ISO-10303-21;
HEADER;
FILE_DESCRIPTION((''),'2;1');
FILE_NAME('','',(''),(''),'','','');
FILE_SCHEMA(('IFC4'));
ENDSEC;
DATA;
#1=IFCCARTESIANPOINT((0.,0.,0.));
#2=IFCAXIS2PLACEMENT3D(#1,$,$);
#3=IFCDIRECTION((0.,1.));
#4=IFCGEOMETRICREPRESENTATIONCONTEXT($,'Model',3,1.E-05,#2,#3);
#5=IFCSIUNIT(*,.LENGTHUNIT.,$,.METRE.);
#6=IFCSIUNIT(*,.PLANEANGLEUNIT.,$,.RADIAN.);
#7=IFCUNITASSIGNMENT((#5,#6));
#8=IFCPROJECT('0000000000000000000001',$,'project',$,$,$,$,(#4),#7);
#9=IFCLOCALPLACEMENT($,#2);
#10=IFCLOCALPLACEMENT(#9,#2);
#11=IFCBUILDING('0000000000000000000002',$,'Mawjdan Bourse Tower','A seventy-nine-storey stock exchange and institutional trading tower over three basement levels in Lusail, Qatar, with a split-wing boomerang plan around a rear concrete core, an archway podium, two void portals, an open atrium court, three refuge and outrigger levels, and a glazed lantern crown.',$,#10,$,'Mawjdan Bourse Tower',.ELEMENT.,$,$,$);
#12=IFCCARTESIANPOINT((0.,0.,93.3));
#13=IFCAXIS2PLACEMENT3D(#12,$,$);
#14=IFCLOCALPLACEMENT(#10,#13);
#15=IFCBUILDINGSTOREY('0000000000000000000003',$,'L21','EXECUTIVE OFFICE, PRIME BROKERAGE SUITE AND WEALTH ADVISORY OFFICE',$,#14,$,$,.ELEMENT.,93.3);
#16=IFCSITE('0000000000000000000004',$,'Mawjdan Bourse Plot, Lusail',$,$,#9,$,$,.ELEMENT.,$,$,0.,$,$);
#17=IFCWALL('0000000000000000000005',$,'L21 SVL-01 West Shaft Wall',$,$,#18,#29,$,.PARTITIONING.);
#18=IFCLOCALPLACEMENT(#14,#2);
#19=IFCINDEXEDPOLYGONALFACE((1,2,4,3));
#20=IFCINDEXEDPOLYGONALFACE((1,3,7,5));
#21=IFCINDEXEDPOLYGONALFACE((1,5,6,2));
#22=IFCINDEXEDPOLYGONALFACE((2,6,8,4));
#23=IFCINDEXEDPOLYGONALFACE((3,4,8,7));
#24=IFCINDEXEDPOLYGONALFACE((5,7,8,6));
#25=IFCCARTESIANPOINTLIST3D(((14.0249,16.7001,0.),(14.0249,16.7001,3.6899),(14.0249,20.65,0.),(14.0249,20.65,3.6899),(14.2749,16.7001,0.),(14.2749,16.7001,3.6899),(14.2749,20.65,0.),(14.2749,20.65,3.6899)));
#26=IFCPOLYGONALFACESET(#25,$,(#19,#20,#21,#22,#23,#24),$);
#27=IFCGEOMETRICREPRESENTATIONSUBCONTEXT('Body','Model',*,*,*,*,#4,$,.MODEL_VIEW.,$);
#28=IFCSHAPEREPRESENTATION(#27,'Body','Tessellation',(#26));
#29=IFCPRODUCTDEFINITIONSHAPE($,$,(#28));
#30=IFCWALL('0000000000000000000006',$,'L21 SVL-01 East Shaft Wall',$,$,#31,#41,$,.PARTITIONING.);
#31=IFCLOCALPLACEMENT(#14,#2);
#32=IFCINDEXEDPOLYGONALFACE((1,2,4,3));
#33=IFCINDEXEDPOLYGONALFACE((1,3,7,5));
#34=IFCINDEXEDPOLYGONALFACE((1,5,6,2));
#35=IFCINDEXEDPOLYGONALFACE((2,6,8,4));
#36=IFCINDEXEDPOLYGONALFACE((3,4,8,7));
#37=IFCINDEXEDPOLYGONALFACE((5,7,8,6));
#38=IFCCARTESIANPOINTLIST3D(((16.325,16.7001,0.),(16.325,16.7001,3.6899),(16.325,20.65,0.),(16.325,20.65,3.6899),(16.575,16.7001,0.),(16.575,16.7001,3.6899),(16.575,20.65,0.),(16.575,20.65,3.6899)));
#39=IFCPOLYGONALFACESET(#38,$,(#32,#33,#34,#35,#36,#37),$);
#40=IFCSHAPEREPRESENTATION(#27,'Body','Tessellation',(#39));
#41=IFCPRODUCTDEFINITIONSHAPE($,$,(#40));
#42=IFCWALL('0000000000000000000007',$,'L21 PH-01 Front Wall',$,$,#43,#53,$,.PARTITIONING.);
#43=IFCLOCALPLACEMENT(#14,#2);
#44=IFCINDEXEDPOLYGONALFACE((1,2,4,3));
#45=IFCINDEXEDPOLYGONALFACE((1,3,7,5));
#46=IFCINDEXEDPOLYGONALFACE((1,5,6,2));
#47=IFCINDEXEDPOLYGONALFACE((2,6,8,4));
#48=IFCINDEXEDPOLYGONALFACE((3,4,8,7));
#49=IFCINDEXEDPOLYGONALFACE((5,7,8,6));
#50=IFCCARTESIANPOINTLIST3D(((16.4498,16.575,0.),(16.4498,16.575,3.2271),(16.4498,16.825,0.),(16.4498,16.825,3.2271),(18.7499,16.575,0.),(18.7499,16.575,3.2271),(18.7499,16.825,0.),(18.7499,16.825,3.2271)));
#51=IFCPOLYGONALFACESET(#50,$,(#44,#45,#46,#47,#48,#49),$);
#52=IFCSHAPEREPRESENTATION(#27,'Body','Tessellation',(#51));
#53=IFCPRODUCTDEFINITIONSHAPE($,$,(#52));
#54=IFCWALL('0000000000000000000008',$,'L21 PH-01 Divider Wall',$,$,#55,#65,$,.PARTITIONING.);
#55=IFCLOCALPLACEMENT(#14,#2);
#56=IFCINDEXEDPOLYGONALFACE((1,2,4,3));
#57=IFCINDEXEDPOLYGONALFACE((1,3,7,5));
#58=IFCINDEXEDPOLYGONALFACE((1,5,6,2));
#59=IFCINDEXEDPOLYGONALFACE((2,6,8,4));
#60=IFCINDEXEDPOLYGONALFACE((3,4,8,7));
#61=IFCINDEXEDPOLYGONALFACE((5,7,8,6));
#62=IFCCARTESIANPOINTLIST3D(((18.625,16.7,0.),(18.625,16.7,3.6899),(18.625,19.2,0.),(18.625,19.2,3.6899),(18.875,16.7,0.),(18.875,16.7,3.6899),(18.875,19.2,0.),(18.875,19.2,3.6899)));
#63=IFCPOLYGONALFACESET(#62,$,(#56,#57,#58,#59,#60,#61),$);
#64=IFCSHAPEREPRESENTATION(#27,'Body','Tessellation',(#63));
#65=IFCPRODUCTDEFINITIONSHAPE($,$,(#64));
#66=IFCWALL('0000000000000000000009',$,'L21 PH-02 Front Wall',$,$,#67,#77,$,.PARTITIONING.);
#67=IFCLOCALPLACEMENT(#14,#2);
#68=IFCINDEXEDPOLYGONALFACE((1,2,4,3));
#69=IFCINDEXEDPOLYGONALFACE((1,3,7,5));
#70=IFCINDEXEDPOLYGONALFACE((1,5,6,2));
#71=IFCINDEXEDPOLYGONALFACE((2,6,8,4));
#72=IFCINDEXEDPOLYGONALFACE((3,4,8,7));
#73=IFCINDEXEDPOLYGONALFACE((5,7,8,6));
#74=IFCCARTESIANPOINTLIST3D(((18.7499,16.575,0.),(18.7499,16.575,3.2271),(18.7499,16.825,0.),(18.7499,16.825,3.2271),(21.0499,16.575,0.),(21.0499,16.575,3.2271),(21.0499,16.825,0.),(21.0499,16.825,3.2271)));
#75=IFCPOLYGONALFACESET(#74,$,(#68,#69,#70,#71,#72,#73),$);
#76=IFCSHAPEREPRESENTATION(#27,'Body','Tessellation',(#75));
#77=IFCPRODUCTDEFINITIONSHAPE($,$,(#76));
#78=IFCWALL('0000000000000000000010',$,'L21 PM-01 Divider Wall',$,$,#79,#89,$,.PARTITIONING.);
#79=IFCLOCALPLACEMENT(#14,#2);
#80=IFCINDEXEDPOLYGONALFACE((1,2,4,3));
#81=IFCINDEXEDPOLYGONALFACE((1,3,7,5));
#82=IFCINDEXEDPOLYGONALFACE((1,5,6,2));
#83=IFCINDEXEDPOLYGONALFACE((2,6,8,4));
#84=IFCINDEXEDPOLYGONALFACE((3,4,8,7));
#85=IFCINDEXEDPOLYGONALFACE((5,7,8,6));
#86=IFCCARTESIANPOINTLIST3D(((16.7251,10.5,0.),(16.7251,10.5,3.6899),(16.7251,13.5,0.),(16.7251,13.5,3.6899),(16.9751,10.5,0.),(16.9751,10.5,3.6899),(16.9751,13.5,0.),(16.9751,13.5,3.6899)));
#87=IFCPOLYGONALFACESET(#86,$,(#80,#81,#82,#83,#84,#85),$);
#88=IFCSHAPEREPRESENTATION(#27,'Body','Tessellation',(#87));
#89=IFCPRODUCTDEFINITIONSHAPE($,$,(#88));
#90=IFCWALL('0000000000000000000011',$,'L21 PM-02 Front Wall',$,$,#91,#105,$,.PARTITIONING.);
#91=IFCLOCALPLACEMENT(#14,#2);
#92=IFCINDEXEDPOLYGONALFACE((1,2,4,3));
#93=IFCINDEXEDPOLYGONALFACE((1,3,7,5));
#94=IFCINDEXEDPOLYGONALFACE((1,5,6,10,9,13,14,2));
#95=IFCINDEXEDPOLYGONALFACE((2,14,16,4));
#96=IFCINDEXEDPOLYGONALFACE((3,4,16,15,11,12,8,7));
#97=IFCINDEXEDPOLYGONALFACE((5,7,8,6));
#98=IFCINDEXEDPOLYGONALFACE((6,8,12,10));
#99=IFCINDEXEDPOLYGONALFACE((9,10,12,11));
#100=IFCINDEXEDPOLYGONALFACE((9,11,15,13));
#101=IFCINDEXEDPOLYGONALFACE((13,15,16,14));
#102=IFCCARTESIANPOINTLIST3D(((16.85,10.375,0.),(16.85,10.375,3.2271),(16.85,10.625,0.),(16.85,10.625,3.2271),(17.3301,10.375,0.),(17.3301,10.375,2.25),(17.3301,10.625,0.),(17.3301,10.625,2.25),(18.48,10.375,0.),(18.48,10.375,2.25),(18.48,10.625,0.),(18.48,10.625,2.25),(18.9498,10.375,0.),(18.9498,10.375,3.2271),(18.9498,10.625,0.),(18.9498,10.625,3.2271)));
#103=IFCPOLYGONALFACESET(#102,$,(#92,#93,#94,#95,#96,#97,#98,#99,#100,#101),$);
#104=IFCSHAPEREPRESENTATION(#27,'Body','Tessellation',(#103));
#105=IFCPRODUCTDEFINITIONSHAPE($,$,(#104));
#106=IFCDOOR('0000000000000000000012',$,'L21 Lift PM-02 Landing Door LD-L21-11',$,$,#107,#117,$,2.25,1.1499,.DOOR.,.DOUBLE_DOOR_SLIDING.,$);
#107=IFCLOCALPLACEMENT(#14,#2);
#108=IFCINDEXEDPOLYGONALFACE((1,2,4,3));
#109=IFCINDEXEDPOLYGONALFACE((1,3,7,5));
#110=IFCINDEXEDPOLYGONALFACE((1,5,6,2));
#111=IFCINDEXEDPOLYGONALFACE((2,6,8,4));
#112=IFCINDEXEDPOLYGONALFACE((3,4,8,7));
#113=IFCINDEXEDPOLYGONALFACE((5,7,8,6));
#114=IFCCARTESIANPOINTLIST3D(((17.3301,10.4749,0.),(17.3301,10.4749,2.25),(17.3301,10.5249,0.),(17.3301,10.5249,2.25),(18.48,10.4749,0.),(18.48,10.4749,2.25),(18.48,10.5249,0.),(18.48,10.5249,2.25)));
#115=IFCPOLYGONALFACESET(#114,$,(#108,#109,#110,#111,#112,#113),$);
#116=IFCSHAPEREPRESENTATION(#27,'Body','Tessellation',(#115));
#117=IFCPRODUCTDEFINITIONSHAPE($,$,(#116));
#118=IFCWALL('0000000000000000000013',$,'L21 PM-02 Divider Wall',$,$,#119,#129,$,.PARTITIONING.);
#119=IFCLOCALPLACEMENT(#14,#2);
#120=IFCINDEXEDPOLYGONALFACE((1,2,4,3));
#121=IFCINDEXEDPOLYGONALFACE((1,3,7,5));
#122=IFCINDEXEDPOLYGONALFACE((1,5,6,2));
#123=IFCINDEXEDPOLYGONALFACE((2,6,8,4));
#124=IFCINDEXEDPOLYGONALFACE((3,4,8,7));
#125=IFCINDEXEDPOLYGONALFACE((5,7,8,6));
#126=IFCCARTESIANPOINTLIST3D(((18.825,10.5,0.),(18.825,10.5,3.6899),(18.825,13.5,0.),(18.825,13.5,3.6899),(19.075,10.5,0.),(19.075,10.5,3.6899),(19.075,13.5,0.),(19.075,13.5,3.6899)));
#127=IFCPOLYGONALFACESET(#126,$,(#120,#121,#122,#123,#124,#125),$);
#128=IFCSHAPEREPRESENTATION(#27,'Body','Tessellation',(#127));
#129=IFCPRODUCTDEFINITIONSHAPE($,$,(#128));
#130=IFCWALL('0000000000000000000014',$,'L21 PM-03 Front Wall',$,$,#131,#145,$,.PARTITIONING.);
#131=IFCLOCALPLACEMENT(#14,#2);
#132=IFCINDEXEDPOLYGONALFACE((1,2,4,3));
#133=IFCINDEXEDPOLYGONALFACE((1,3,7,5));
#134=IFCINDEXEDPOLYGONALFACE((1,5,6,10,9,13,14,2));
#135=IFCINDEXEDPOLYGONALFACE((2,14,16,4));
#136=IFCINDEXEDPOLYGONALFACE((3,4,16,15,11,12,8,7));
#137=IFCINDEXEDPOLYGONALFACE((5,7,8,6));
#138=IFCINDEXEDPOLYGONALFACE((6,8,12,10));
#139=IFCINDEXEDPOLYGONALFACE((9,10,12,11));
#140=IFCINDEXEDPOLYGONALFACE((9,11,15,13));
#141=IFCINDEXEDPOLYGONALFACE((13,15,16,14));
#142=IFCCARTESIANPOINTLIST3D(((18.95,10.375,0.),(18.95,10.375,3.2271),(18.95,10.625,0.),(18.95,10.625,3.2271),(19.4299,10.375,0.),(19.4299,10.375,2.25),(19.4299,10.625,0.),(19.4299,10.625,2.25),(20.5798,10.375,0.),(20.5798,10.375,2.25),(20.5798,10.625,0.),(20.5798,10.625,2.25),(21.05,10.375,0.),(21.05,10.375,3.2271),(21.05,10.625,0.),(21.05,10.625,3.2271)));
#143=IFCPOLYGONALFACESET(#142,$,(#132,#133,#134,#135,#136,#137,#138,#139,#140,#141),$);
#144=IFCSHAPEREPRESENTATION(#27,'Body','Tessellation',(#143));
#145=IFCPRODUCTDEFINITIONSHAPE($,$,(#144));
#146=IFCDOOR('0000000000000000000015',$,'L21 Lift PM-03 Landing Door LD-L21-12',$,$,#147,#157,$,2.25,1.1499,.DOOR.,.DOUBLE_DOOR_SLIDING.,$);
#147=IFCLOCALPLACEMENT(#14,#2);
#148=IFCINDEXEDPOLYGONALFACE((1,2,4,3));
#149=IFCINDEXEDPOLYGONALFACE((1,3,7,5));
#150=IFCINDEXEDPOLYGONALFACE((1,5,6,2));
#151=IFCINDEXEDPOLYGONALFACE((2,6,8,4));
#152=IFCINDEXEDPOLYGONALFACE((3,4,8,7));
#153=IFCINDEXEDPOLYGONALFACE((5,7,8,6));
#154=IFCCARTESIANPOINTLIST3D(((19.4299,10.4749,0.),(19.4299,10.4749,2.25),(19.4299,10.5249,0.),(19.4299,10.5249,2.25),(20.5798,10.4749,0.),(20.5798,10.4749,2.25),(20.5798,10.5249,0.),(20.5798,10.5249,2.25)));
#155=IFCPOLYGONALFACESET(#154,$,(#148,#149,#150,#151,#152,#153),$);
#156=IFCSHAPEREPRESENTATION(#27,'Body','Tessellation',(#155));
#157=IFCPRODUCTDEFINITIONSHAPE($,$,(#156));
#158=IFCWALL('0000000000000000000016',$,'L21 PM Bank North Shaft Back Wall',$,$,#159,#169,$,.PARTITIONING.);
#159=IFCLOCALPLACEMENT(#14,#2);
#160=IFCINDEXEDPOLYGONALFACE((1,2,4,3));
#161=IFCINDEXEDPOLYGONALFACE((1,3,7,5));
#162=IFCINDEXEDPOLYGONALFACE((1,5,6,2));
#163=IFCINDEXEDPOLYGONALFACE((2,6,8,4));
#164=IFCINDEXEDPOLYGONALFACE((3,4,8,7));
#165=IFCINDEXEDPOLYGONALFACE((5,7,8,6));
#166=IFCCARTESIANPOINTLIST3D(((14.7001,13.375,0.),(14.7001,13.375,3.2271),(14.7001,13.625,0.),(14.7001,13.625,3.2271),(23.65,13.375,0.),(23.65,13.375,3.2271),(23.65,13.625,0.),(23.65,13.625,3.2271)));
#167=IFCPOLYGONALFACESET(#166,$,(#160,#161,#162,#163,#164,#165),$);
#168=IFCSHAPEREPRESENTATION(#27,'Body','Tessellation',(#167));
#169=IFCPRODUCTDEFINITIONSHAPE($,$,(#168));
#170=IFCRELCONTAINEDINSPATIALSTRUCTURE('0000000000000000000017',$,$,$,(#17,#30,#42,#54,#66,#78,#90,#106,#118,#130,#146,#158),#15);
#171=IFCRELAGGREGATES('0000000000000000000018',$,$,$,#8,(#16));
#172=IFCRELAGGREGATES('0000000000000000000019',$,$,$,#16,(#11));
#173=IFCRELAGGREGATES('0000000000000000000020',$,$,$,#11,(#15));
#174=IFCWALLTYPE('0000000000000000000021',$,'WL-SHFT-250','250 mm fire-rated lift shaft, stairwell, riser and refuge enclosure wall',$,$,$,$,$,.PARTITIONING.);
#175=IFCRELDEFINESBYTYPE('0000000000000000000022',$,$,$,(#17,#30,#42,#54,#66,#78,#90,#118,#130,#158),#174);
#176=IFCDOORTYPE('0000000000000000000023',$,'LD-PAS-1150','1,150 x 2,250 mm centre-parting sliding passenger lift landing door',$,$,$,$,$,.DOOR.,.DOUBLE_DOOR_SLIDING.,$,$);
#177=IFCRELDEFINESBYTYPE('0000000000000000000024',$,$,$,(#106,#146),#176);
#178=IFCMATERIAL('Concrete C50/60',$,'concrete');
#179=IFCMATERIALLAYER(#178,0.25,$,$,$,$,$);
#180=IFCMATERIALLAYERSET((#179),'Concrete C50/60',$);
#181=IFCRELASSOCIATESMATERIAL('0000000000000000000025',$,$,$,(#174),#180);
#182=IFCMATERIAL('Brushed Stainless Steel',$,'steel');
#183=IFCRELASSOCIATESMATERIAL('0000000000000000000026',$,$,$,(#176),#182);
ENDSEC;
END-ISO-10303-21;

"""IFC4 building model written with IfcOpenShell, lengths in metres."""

from ifc_helpers import new_model, si_unit, direction, frame, frame_2d, origin, place, context, subcontext, project, spatial, rectangle, extrude, material, layer, layer_set, type_object, element, fill, save


model = new_model("IFC4")

# Units and contexts
model_context = context("Model", 3, precision=1e-05, world=origin(), true_north=direction((0.0, 1.0)))
body_context = subcontext(model_context, "Body", "Model", "MODEL_VIEW")
ifc_project = project(units=[si_unit("LENGTHUNIT", "METRE"), si_unit("PLANEANGLEUNIT", "RADIAN")], contexts=[model_context])

# Site, building, storey
site_placement = place(None, origin())
site = spatial("IfcSite", under=ifc_project, at=site_placement, Name="Mawjdan Bourse Plot, Lusail", CompositionType="ELEMENT", RefElevation=0.0)
building_placement = place(site_placement, origin())
building = spatial("IfcBuilding", under=site, at=building_placement, Name="Mawjdan Bourse Tower", Description="A seventy-nine-storey stock exchange and institutional trading tower over three basement levels in Lusail, Qatar, with a split-wing boomerang plan around a rear concrete core, an archway podium, two void portals, an open atrium court, three refuge and outrigger levels, and a glazed lantern crown.", LongName="Mawjdan Bourse Tower", CompositionType="ELEMENT")
storey_placement = place(building_placement, frame((0.0, 0.0, 93.3)))
storey = spatial("IfcBuildingStorey", under=building, at=storey_placement, Name="L21", Description="EXECUTIVE OFFICE, PRIME BROKERAGE SUITE AND WEALTH ADVISORY OFFICE", CompositionType="ELEMENT", Elevation=93.3)

# Shared definitions
ifc_material_1 = material(Name="Concrete C50/60", Category="concrete")
ifc_layer_1 = layer(ifc_material_1, 0.25)
ifc_layer_set_1 = layer_set([ifc_layer_1], Name="Concrete C50/60")
wall_type_1 = type_object("IfcWallType", Name="WL-SHFT-250", Description="250 mm fire-rated lift shaft, stairwell, riser and refuge enclosure wall", PredefinedType="PARTITIONING", material=ifc_layer_set_1)

# Walls
for number, where, z_axis, x_axis, name in (
    (1, (14.1499, 16.7, 0.0), (0.0, 0.0, 1.0), (0.0, 1.0, 0.0), "L21 SVL-01 West Shaft Wall"),
    (2, (16.45, 16.7, 0.0), (0.0, 0.0, 1.0), (0.0, 1.0, 0.0), "L21 SVL-01 East Shaft Wall"),
):
    element("IfcWall", number, at=place(storey_placement, frame(where, z_axis=z_axis, x_axis=x_axis)), inside=storey, type_object=wall_type_1, Name=name, PredefinedType="PARTITIONING", context=body_context, shape_type="SweptSolid", body=[
        extrude(rectangle(XDim=3.95, YDim=0.25, at=frame_2d((1.9751, 0.0))), origin(), (0.0, 0.0, 1.0), 3.6899),
    ])
wall_1_placement = place(storey_placement, frame((16.45, 16.7, 0.0), z_axis=(0.0, 0.0, 1.0), x_axis=(1.0, 0.0, 0.0)))
element("IfcWall", 3, at=wall_1_placement, inside=storey, type_object=wall_type_1, Name="L21 PH-01 Front Wall", PredefinedType="PARTITIONING", context=body_context, shape_type="SweptSolid", body=[
    extrude(rectangle(XDim=2.3, YDim=0.25, at=frame_2d((1.1499, 0.0))), origin(), (0.0, 0.0, 1.0), 3.2271),
])
wall_2_placement = place(storey_placement, frame((18.75, 16.7, 0.0), z_axis=(0.0, 0.0, 1.0), x_axis=(0.0, 1.0, 0.0)))
element("IfcWall", 4, at=wall_2_placement, inside=storey, type_object=wall_type_1, Name="L21 PH-01 Divider Wall", PredefinedType="PARTITIONING", context=body_context, shape_type="SweptSolid", body=[
    extrude(rectangle(XDim=2.5, YDim=0.25, at=frame_2d((1.25, 0.0))), origin(), (0.0, 0.0, 1.0), 3.6899),
])
wall_3_placement = place(storey_placement, frame((18.75, 16.7, 0.0), z_axis=(0.0, 0.0, 1.0), x_axis=(1.0, 0.0, 0.0)))
element("IfcWall", 5, at=wall_3_placement, inside=storey, type_object=wall_type_1, Name="L21 PH-02 Front Wall", PredefinedType="PARTITIONING", context=body_context, shape_type="SweptSolid", body=[
    extrude(rectangle(XDim=2.3, YDim=0.25, at=frame_2d((1.1499, 0.0))), origin(), (0.0, 0.0, 1.0), 3.2271),
])
wall_4_placement = place(storey_placement, frame((16.8501, 10.5, 0.0), z_axis=(0.0, 0.0, 1.0), x_axis=(0.0, 1.0, 0.0)))
element("IfcWall", 6, at=wall_4_placement, inside=storey, type_object=wall_type_1, Name="L21 PM-01 Divider Wall", PredefinedType="PARTITIONING", context=body_context, shape_type="SweptSolid", body=[
    extrude(rectangle(XDim=3.0, YDim=0.25, at=frame_2d((1.5, 0.0))), origin(), (0.0, 0.0, 1.0), 3.6899),
])

# Wall, opening, door
wall_5_placement = place(storey_placement, frame((16.8501, 10.5, 0.0), z_axis=(0.0, 0.0, 1.0), x_axis=(1.0, 0.0, 0.0)))
wall_5 = element("IfcWall", 7, at=wall_5_placement, inside=storey, type_object=wall_type_1, Name="L21 PM-02 Front Wall", PredefinedType="PARTITIONING", context=body_context, shape_type="SweptSolid", body=[
    extrude(rectangle(XDim=2.0999, YDim=0.25, at=frame_2d((1.0498, 0.0))), origin(), (0.0, 0.0, 1.0), 3.2271),
])
opening_1_placement = place(wall_5_placement, frame((0.48, 0.0, 0.0)))
opening_1 = element("IfcOpeningElement", 8, at=opening_1_placement, cuts=wall_5, PredefinedType="OPENING", context=body_context, shape_type="SweptSolid", body=[
    extrude(rectangle(XDim=1.1499, YDim=2.25, at=frame_2d((0.575, 1.125))), frame((0.0, 0.135, 0.0), z_axis=(0.0, -1.0, 0.0), x_axis=(1.0, 0.0, 0.0)), (0.0, 0.0, 1.0), 0.27),
])
ifc_material_2 = material(Name="Brushed Stainless Steel", Category="steel")
door_type_1 = type_object("IfcDoorType", Name="LD-PAS-1150", Description="1,150 x 2,250 mm centre-parting sliding passenger lift landing door", OperationType="DOUBLE_DOOR_SLIDING", PredefinedType="DOOR", material=ifc_material_2)
door_1_placement = place(opening_1_placement, origin())
door_1 = element("IfcDoor", 9, at=door_1_placement, inside=storey, type_object=door_type_1, Name="L21 Lift PM-02 Landing Door LD-L21-11", OperationType="DOUBLE_DOOR_SLIDING", OverallHeight=2.25, OverallWidth=1.1499, PredefinedType="DOOR", context=body_context, shape_type="SweptSolid", body=[
    extrude(rectangle(XDim=1.1499, YDim=2.25, at=frame_2d((0.575, 1.125))), frame((0.0, 0.0249, 0.0), z_axis=(0.0, -1.0, 0.0), x_axis=(1.0, 0.0, 0.0)), (0.0, 0.0, 1.0), 0.05),
])
fill(opening_1, door_1)

# Wall
wall_6_placement = place(storey_placement, frame((18.95, 10.5, 0.0), z_axis=(0.0, 0.0, 1.0), x_axis=(0.0, 1.0, 0.0)))
element("IfcWall", 10, at=wall_6_placement, inside=storey, type_object=wall_type_1, Name="L21 PM-02 Divider Wall", PredefinedType="PARTITIONING", context=body_context, shape_type="SweptSolid", body=[
    extrude(rectangle(XDim=3.0, YDim=0.25, at=frame_2d((1.5, 0.0))), origin(), (0.0, 0.0, 1.0), 3.6899),
])

# Wall, opening, door
wall_7_placement = place(storey_placement, frame((18.95, 10.5, 0.0), z_axis=(0.0, 0.0, 1.0), x_axis=(1.0, 0.0, 0.0)))
wall_7 = element("IfcWall", 11, at=wall_7_placement, inside=storey, type_object=wall_type_1, Name="L21 PM-03 Front Wall", PredefinedType="PARTITIONING", context=body_context, shape_type="SweptSolid", body=[
    extrude(rectangle(XDim=2.1001, YDim=0.25, at=frame_2d((1.05, 0.0))), origin(), (0.0, 0.0, 1.0), 3.2271),
])
opening_2_placement = place(wall_7_placement, frame((0.48, 0.0, 0.0)))
opening_2 = element("IfcOpeningElement", 12, at=opening_2_placement, cuts=wall_7, PredefinedType="OPENING", context=body_context, shape_type="SweptSolid", body=[
    extrude(rectangle(XDim=1.1499, YDim=2.25, at=frame_2d((0.575, 1.125))), frame((0.0, 0.135, 0.0), z_axis=(0.0, -1.0, 0.0), x_axis=(1.0, 0.0, 0.0)), (0.0, 0.0, 1.0), 0.27),
])
door_2_placement = place(opening_2_placement, origin())
door_2 = element("IfcDoor", 13, at=door_2_placement, inside=storey, type_object=door_type_1, Name="L21 Lift PM-03 Landing Door LD-L21-12", OperationType="DOUBLE_DOOR_SLIDING", OverallHeight=2.25, OverallWidth=1.1499, PredefinedType="DOOR", context=body_context, shape_type="SweptSolid", body=[
    extrude(rectangle(XDim=1.1499, YDim=2.25, at=frame_2d((0.575, 1.125))), frame((0.0, 0.0249, 0.0), z_axis=(0.0, -1.0, 0.0), x_axis=(1.0, 0.0, 0.0)), (0.0, 0.0, 1.0), 0.05),
])
fill(opening_2, door_2)

# Wall
wall_8_placement = place(storey_placement, frame((14.7, 13.5, 0.0), z_axis=(0.0, 0.0, 1.0), x_axis=(1.0, 0.0, 0.0)))
element("IfcWall", 14, at=wall_8_placement, inside=storey, type_object=wall_type_1, Name="L21 PM Bank North Shaft Back Wall", PredefinedType="PARTITIONING", context=body_context, shape_type="SweptSolid", body=[
    extrude(rectangle(XDim=8.95, YDim=0.25, at=frame_2d((4.4751, 0.0))), origin(), (0.0, 0.0, 1.0), 3.2271),
])

save(model, "model.ifc")
